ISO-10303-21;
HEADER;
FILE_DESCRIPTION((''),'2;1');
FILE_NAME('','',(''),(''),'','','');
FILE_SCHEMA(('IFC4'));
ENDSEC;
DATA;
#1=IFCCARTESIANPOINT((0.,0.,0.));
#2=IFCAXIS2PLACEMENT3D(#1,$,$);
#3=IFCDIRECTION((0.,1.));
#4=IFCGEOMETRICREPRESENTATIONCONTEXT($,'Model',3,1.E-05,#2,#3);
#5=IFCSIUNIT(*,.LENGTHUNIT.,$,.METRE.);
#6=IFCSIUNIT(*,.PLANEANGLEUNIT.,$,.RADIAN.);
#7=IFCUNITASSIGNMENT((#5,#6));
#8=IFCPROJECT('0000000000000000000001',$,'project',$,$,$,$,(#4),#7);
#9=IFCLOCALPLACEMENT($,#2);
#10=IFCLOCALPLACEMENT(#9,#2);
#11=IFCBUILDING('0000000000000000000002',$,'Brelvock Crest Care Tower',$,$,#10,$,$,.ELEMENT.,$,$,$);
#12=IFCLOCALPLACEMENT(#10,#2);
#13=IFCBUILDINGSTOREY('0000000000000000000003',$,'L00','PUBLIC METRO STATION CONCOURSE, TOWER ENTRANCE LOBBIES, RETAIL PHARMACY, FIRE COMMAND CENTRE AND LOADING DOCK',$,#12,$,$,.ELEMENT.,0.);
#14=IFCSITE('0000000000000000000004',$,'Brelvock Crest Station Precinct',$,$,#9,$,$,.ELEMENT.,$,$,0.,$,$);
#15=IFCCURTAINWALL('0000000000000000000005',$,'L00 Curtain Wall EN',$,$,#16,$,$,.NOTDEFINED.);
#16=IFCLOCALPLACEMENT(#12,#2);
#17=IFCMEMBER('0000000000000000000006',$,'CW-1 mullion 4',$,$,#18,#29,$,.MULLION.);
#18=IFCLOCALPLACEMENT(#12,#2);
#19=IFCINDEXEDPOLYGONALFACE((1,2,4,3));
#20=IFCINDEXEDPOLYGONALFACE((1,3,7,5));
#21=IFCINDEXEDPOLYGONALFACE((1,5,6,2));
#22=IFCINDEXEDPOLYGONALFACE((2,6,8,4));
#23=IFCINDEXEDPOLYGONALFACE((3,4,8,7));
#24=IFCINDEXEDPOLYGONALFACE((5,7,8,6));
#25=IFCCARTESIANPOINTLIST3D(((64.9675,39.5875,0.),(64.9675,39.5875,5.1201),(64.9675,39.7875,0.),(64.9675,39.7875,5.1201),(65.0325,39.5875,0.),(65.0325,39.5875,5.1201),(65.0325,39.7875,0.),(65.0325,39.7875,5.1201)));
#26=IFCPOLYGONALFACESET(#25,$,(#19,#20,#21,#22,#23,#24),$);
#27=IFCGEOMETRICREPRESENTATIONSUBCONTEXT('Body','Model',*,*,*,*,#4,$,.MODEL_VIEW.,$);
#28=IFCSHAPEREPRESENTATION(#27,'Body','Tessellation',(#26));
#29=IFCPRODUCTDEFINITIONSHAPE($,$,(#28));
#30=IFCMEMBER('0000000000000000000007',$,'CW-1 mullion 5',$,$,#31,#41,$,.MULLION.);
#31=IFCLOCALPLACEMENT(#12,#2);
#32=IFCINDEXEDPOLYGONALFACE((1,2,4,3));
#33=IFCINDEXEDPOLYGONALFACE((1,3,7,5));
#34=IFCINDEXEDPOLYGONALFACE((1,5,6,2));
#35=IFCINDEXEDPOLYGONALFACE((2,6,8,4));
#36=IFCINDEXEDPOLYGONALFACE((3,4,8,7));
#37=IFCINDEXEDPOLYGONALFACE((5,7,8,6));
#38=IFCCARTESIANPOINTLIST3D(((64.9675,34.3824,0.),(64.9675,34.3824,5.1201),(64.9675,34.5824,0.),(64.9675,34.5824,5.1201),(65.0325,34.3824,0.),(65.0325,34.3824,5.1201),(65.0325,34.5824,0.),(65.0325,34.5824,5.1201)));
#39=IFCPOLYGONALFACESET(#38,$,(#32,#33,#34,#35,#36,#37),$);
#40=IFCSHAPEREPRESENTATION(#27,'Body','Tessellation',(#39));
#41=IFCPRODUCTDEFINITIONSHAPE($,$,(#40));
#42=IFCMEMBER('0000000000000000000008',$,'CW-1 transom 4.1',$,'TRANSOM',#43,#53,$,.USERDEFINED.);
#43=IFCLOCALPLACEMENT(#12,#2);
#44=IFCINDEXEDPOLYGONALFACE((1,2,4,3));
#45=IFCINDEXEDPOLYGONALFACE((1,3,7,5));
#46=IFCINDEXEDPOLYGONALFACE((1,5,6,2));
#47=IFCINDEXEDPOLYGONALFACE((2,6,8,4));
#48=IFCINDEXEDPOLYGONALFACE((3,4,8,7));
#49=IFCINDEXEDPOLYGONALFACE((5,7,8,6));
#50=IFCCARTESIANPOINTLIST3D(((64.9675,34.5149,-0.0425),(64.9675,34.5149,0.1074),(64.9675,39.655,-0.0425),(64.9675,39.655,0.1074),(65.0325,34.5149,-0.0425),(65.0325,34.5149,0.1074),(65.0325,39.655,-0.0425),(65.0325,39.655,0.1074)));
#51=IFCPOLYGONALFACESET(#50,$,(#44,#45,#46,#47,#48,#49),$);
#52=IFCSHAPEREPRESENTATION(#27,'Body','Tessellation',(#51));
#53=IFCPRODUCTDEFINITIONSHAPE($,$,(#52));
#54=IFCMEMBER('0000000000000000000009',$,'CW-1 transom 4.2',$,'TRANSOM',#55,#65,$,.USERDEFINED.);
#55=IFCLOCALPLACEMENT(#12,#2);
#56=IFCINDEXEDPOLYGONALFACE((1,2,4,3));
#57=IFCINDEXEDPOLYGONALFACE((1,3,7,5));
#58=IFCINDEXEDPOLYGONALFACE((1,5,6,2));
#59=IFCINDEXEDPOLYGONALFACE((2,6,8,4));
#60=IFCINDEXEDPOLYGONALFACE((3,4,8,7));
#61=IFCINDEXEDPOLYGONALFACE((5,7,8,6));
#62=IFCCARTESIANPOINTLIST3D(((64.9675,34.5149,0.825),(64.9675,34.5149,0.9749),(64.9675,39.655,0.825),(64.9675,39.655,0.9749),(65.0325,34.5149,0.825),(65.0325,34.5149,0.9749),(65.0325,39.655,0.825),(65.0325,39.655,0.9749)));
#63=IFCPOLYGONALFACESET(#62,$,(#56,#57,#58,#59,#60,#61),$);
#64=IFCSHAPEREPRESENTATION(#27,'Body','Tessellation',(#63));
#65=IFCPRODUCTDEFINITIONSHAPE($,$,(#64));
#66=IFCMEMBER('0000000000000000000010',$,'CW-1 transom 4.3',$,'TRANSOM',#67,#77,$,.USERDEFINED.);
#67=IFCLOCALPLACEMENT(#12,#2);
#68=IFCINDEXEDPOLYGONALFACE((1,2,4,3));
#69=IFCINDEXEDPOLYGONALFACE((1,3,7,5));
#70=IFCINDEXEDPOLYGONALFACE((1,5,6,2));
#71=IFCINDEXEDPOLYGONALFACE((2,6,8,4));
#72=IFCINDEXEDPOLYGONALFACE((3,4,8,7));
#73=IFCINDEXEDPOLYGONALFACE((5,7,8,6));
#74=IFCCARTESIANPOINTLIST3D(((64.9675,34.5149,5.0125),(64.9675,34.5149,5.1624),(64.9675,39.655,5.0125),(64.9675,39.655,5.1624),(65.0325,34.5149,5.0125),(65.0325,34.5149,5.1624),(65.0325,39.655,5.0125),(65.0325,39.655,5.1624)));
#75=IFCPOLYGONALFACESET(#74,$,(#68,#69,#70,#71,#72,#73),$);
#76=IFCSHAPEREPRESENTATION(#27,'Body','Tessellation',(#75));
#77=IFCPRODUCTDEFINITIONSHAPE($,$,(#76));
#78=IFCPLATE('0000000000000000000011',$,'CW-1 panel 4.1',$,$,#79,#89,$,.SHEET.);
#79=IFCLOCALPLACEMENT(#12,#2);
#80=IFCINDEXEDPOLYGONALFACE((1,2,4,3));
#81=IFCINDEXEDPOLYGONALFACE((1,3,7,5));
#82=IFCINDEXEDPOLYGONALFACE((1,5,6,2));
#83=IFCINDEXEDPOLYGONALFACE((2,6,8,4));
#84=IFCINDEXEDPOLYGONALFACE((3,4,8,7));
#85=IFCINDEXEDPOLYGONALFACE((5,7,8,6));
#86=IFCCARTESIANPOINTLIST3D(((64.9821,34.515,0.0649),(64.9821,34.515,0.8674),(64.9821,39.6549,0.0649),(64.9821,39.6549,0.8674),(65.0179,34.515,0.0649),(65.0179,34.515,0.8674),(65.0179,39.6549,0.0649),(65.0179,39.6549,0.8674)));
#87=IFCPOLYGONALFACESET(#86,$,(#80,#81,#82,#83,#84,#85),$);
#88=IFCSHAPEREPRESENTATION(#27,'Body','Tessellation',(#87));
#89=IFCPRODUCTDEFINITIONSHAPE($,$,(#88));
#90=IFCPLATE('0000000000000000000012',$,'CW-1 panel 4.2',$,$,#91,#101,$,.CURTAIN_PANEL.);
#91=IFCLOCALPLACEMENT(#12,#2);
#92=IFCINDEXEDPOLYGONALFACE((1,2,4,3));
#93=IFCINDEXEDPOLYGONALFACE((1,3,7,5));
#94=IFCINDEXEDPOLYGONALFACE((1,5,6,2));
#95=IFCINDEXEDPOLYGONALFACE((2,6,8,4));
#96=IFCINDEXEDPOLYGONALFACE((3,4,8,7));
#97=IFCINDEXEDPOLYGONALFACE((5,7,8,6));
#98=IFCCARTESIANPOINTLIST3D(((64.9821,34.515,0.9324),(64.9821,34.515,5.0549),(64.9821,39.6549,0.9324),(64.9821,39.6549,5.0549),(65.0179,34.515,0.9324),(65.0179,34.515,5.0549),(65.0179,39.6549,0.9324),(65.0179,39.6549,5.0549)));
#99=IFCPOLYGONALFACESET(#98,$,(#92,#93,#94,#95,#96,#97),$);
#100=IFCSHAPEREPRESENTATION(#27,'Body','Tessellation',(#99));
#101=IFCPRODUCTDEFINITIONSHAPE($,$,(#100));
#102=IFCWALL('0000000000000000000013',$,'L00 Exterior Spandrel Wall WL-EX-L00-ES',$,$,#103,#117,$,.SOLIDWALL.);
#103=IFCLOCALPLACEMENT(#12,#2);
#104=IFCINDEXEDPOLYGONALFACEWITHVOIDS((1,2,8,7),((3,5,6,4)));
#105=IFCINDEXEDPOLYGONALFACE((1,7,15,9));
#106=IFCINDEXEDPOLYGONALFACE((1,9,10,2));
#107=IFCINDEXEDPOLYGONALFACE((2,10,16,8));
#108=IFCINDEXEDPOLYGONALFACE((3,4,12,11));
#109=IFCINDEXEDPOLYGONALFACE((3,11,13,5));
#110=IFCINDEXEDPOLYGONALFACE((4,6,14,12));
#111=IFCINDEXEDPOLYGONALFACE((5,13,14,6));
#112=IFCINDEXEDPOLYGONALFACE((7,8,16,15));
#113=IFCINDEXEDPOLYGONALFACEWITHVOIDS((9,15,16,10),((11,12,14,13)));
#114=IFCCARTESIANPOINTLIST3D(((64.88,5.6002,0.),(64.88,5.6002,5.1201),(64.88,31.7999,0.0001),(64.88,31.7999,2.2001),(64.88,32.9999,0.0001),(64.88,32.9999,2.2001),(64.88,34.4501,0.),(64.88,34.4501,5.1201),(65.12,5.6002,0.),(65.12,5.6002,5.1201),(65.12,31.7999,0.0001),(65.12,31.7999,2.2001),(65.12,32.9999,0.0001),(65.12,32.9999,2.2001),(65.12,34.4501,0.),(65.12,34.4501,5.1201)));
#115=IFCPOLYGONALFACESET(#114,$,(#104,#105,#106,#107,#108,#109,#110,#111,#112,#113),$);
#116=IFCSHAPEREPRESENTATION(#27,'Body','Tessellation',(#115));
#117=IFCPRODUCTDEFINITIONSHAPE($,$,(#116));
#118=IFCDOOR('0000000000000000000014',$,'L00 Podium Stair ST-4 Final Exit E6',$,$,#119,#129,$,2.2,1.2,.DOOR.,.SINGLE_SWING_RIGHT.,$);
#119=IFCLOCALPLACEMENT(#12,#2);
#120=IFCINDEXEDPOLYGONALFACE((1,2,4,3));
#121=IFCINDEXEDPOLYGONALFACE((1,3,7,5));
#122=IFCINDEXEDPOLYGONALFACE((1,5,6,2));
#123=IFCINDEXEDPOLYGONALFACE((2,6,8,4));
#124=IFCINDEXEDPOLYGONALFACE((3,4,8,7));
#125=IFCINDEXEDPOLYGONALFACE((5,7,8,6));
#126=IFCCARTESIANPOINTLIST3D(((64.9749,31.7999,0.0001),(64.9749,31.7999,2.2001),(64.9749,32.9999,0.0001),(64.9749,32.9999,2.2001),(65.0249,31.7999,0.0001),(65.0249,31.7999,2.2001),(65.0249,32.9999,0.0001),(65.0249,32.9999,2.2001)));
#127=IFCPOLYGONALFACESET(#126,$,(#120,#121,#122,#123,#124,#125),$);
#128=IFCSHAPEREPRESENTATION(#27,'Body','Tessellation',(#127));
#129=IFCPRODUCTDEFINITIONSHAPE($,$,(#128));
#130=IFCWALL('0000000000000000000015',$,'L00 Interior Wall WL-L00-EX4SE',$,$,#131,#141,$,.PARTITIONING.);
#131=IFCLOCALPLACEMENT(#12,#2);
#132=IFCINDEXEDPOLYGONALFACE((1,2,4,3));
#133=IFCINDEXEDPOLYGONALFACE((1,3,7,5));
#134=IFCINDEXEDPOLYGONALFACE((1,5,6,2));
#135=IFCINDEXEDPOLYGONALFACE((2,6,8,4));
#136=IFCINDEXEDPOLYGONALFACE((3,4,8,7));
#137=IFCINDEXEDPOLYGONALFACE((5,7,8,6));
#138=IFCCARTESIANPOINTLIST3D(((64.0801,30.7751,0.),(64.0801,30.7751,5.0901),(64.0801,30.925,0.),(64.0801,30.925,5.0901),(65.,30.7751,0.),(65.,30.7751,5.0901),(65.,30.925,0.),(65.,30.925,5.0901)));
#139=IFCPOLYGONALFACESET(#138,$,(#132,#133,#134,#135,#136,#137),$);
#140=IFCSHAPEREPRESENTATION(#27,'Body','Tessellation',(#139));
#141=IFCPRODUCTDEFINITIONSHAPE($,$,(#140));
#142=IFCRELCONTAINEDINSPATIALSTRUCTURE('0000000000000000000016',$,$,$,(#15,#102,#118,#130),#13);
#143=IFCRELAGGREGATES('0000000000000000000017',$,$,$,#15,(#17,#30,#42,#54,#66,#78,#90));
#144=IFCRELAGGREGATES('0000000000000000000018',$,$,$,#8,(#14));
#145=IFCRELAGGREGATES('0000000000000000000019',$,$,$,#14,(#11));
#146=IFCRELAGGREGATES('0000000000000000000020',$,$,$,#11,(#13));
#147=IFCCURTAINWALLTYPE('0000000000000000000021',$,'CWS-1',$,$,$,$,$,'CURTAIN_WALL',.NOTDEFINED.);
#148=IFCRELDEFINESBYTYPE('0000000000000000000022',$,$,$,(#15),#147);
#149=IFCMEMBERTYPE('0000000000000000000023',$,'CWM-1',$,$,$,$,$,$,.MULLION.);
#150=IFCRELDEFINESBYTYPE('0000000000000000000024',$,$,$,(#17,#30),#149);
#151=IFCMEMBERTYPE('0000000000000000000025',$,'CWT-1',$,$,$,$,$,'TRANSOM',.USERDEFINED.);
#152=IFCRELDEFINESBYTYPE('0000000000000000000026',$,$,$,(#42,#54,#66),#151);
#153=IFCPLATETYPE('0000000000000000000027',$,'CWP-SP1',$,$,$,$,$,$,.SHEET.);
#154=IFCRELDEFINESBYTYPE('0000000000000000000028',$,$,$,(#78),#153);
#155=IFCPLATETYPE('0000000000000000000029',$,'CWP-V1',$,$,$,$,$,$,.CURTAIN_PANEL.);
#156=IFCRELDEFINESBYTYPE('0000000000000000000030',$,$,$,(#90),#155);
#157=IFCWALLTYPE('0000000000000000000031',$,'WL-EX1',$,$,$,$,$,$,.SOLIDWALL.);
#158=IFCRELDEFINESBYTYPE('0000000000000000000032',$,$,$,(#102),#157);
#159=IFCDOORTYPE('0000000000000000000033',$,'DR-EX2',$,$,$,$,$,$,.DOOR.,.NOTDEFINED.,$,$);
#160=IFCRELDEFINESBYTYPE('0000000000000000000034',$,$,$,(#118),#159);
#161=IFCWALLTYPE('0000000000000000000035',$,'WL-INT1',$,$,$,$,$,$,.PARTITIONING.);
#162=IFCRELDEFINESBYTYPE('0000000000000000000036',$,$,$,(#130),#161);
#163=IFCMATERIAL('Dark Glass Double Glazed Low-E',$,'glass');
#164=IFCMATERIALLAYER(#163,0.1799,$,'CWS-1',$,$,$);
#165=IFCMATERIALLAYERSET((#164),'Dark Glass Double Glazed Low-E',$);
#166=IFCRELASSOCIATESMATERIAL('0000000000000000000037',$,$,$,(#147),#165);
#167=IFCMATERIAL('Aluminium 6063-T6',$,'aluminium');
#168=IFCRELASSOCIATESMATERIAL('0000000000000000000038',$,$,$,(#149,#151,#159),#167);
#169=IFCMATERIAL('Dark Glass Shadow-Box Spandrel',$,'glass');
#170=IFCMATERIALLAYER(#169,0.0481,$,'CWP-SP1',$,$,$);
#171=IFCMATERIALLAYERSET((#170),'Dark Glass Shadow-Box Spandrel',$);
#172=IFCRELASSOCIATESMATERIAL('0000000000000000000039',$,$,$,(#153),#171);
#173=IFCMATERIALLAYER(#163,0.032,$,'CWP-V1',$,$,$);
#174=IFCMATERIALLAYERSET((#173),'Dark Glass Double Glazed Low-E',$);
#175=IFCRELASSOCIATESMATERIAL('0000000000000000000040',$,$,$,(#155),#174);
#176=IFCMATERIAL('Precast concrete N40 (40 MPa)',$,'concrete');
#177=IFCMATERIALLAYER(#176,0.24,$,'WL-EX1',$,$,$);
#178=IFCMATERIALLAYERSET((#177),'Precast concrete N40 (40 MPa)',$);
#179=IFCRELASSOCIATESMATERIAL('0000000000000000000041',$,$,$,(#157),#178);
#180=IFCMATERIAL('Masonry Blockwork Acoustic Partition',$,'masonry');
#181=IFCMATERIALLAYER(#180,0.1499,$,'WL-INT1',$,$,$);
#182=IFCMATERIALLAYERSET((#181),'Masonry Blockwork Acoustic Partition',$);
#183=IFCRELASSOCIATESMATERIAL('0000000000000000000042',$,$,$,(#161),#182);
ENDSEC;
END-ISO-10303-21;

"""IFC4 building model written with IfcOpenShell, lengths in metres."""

from ifc_helpers import new_model, si_unit, direction, frame, frame_2d, origin, origin_2d, place, context, subcontext, project, spatial, rectangle, extrude, source, transform, mapped, material, layer, layer_set, material_profile, profile_set, type_object, element, fill, aggregate, save


model = new_model("IFC4")

# Units and contexts
model_context = context("Model", 3, precision=1e-05, world=origin(), true_north=direction((0.0, 1.0)))
body_context = subcontext(model_context, "Body", "Model", "MODEL_VIEW")
ifc_project = project(units=[si_unit("LENGTHUNIT", "METRE"), si_unit("PLANEANGLEUNIT", "RADIAN")], contexts=[model_context])

# Site, building, storey
site_placement = place(None, origin())
site = spatial("IfcSite", under=ifc_project, at=site_placement, Name="Brelvock Crest Station Precinct", CompositionType="ELEMENT", RefElevation=0.0)
building_placement = place(site_placement, origin())
building = spatial("IfcBuilding", under=site, at=building_placement, Name="Brelvock Crest Care Tower", CompositionType="ELEMENT")
storey_placement = place(building_placement, origin())
storey = spatial("IfcBuildingStorey", under=building, at=storey_placement, Name="L00", Description="PUBLIC METRO STATION CONCOURSE, TOWER ENTRANCE LOBBIES, RETAIL PHARMACY, FIRE COMMAND CENTRE AND LOADING DOCK", CompositionType="ELEMENT", Elevation=0.0)

# Curtain wall, members, plates
ifc_material_1 = material(Name="Dark Glass Double Glazed Low-E", Category="glass")
ifc_layer_1 = layer(ifc_material_1, 0.1799, Name="CWS-1")
ifc_layer_set_1 = layer_set([ifc_layer_1], Name="Dark Glass Double Glazed Low-E")
curtain_wall_type = type_object("IfcCurtainWallType", Name="CWS-1", ElementType="CURTAIN_WALL", PredefinedType="NOTDEFINED", material=ifc_layer_set_1)
curtain_wall_placement = place(storey_placement, origin())
curtain_wall = element("IfcCurtainWall", 1, at=curtain_wall_placement, inside=storey, type_object=curtain_wall_type, Name="L00 Curtain Wall EN", PredefinedType="NOTDEFINED")
ifc_material_2 = material(Name="Aluminium 6063-T6", Category="aluminium")
ifc_material_profile_1 = material_profile(ifc_material_2, rectangle(XDim=0.0649, YDim=0.2, at=origin_2d()), Name="ALU65x200")
ifc_profile_set_1 = profile_set([ifc_material_profile_1], Name="Aluminium 6063-T6")
member_type_1 = type_object("IfcMemberType", Name="CWM-1", PredefinedType="MULLION", material=ifc_profile_set_1)
shared_shape_1 = source(origin(), body_context, "Body", "SweptSolid", [
    extrude(rectangle(XDim=0.0649, YDim=0.2, at=origin_2d()), origin(), (0.0, 0.0, 1.0), 5.1201),
])
member_1_placement = place(storey_placement, frame((65.0, 39.6875, 0.0), z_axis=(0.0, 0.0, 1.0), x_axis=(1.0, 0.0, 0.0)))
member_1 = element("IfcMember", 2, at=member_1_placement, type_object=member_type_1, Name="CW-1 mullion 4", PredefinedType="MULLION", context=body_context, shape_type="MappedRepresentation", body=[
    mapped(shared_shape_1, transform((0.0, 0.0, 0.0), x_axis=(1.0, 0.0, 0.0), y_axis=(0.0, 1.0, 0.0), z_axis=(0.0, 0.0, 1.0), scale=1.0)),
])
member_2_placement = place(storey_placement, frame((65.0, 34.4824, 0.0), z_axis=(0.0, 0.0, 1.0), x_axis=(1.0, 0.0, 0.0)))
member_2 = element("IfcMember", 3, at=member_2_placement, type_object=member_type_1, Name="CW-1 mullion 5", PredefinedType="MULLION", context=body_context, shape_type="MappedRepresentation", body=[
    mapped(shared_shape_1, transform((0.0, 0.0, 0.0), x_axis=(1.0, 0.0, 0.0), y_axis=(0.0, 1.0, 0.0), z_axis=(0.0, 0.0, 1.0), scale=1.0)),
])
ifc_material_profile_2 = material_profile(ifc_material_2, rectangle(XDim=0.0649, YDim=0.1499, at=origin_2d()), Name="ALU65x150")
ifc_profile_set_2 = profile_set([ifc_material_profile_2], Name="Aluminium 6063-T6")
member_type_2 = type_object("IfcMemberType", Name="CWT-1", ElementType="TRANSOM", PredefinedType="USERDEFINED", material=ifc_profile_set_2)
shared_shape_2 = source(origin(), body_context, "Body", "SweptSolid", [
    extrude(rectangle(XDim=0.0649, YDim=0.1499, at=origin_2d()), origin(), (0.0, 0.0, 1.0), 5.1401),
])
member_3_placement = place(storey_placement, frame((65.0, 39.655, 0.0325), z_axis=(0.0, -1.0, 0.0), x_axis=(1.0, 0.0, 0.0)))
member_3 = element("IfcMember", 4, at=member_3_placement, type_object=member_type_2, Name="CW-1 transom 4.1", ObjectType="TRANSOM", PredefinedType="USERDEFINED", context=body_context, shape_type="MappedRepresentation", body=[
    mapped(shared_shape_2, transform((0.0, 0.0, 0.0), x_axis=(1.0, 0.0, 0.0), y_axis=(0.0, 1.0, 0.0), z_axis=(0.0, 0.0, 1.0), scale=1.0)),
])
member_4_placement = place(storey_placement, frame((65.0, 39.655, 0.8999), z_axis=(0.0, -1.0, 0.0), x_axis=(1.0, 0.0, 0.0)))
member_4 = element("IfcMember", 5, at=member_4_placement, type_object=member_type_2, Name="CW-1 transom 4.2", ObjectType="TRANSOM", PredefinedType="USERDEFINED", context=body_context, shape_type="MappedRepresentation", body=[
    mapped(shared_shape_2, transform((0.0, 0.0, 0.0), x_axis=(1.0, 0.0, 0.0), y_axis=(0.0, 1.0, 0.0), z_axis=(0.0, 0.0, 1.0), scale=1.0)),
])
member_5_placement = place(storey_placement, frame((65.0, 39.655, 5.0874), z_axis=(0.0, -1.0, 0.0), x_axis=(1.0, 0.0, 0.0)))
member_5 = element("IfcMember", 6, at=member_5_placement, type_object=member_type_2, Name="CW-1 transom 4.3", ObjectType="TRANSOM", PredefinedType="USERDEFINED", context=body_context, shape_type="MappedRepresentation", body=[
    mapped(shared_shape_2, transform((0.0, 0.0, 0.0), x_axis=(1.0, 0.0, 0.0), y_axis=(0.0, 1.0, 0.0), z_axis=(0.0, 0.0, 1.0), scale=1.0)),
])
ifc_material_3 = material(Name="Dark Glass Shadow-Box Spandrel", Category="glass")
ifc_layer_2 = layer(ifc_material_3, 0.0481, Name="CWP-SP1")
ifc_layer_set_2 = layer_set([ifc_layer_2], Name="Dark Glass Shadow-Box Spandrel")
plate_type_1 = type_object("IfcPlateType", Name="CWP-SP1", PredefinedType="SHEET", material=ifc_layer_set_2)
shared_shape_3 = source(origin(), body_context, "Body", "SweptSolid", [
    extrude(rectangle(XDim=5.1399, YDim=0.0359, at=origin_2d()), origin(), (0.0, 0.0, 1.0), 0.8025),
])
plate_1_placement = place(storey_placement, frame((65.0, 37.085, 0.0649), z_axis=(0.0, 0.0, 1.0), x_axis=(0.0, -1.0, 0.0)))
plate_1 = element("IfcPlate", 7, at=plate_1_placement, type_object=plate_type_1, Name="CW-1 panel 4.1", PredefinedType="SHEET", context=body_context, shape_type="MappedRepresentation", body=[
    mapped(shared_shape_3, transform((0.0, 0.0, 0.0), x_axis=(1.0, 0.0, 0.0), y_axis=(0.0, 1.0, 0.0), z_axis=(0.0, 0.0, 1.0), scale=1.0)),
])
ifc_layer_3 = layer(ifc_material_1, 0.032, Name="CWP-V1")
ifc_layer_set_3 = layer_set([ifc_layer_3], Name="Dark Glass Double Glazed Low-E")
plate_type_2 = type_object("IfcPlateType", Name="CWP-V1", PredefinedType="CURTAIN_PANEL", material=ifc_layer_set_3)
shared_shape_4 = source(origin(), body_context, "Body", "SweptSolid", [
    extrude(rectangle(XDim=5.1399, YDim=0.0359, at=origin_2d()), origin(), (0.0, 0.0, 1.0), 4.1226),
])
plate_2_placement = place(storey_placement, frame((65.0, 37.085, 0.9324), z_axis=(0.0, 0.0, 1.0), x_axis=(0.0, -1.0, 0.0)))
plate_2 = element("IfcPlate", 8, at=plate_2_placement, type_object=plate_type_2, Name="CW-1 panel 4.2", PredefinedType="CURTAIN_PANEL", context=body_context, shape_type="MappedRepresentation", body=[
    mapped(shared_shape_4, transform((0.0, 0.0, 0.0), x_axis=(1.0, 0.0, 0.0), y_axis=(0.0, 1.0, 0.0), z_axis=(0.0, 0.0, 1.0), scale=1.0)),
])
aggregate(curtain_wall, [member_1, member_2, member_3, member_4, member_5, plate_1, plate_2])

# Wall, opening, door
ifc_material_4 = material(Name="Precast concrete N40 (40 MPa)", Category="concrete")
ifc_layer_4 = layer(ifc_material_4, 0.24, Name="WL-EX1")
ifc_layer_set_4 = layer_set([ifc_layer_4], Name="Precast concrete N40 (40 MPa)")
wall_type_1 = type_object("IfcWallType", Name="WL-EX1", PredefinedType="SOLIDWALL", material=ifc_layer_set_4)
wall_1_placement = place(storey_placement, frame((65.0, 34.45, 0.0), z_axis=(0.0, 0.0, 1.0), x_axis=(0.0, -1.0, 0.0)))
wall_1 = element("IfcWall", 9, at=wall_1_placement, inside=storey, type_object=wall_type_1, Name="L00 Exterior Spandrel Wall WL-EX-L00-ES", PredefinedType="SOLIDWALL", context=body_context, shape_type="SweptSolid", body=[
    extrude(rectangle(XDim=28.8499, YDim=0.24, at=frame_2d((14.4248, 0.0))), origin(), (0.0, 0.0, 1.0), 5.1201),
])
opening_placement = place(wall_1_placement, frame((1.45, 0.0, 0.0)))
opening = element("IfcOpeningElement", 10, at=opening_placement, cuts=wall_1, PredefinedType="OPENING", context=body_context, shape_type="SweptSolid", body=[
    extrude(rectangle(XDim=1.2, YDim=2.2, at=origin_2d()), frame((0.6001, 0.1299, 1.1001), z_axis=(0.0, -1.0, 0.0), x_axis=(1.0, 0.0, 0.0)), (0.0, 0.0, 1.0), 0.26),
])
door_type = type_object("IfcDoorType", Name="DR-EX2", OperationType="NOTDEFINED", PredefinedType="DOOR", material=ifc_material_2)
shared_shape_5 = source(origin(), body_context, "Body", "SweptSolid", [
    extrude(rectangle(XDim=1.2, YDim=2.2, at=origin_2d()), frame((0.6001, 0.0249, 1.1001), z_axis=(0.0, -1.0, 0.0), x_axis=(1.0, 0.0, 0.0)), (0.0, 0.0, 1.0), 0.05),
])
door_placement = place(opening_placement, origin())
door = element("IfcDoor", 11, at=door_placement, inside=storey, type_object=door_type, Name="L00 Podium Stair ST-4 Final Exit E6", OperationType="SINGLE_SWING_RIGHT", OverallHeight=2.2, OverallWidth=1.2, PredefinedType="DOOR", context=body_context, shape_type="MappedRepresentation", body=[
    mapped(shared_shape_5, transform((0.0, 0.0, 0.0), x_axis=(1.0, 0.0, 0.0), y_axis=(0.0, 1.0, 0.0), z_axis=(0.0, 0.0, 1.0), scale=1.0)),
])
fill(opening, door)

# Wall
ifc_material_5 = material(Name="Masonry Blockwork Acoustic Partition", Category="masonry")
ifc_layer_5 = layer(ifc_material_5, 0.1499, Name="WL-INT1")
ifc_layer_set_5 = layer_set([ifc_layer_5], Name="Masonry Blockwork Acoustic Partition")
wall_type_2 = type_object("IfcWallType", Name="WL-INT1", PredefinedType="PARTITIONING", material=ifc_layer_set_5)
wall_2_placement = place(storey_placement, frame((64.0801, 30.8501, 0.0), z_axis=(0.0, 0.0, 1.0), x_axis=(1.0, 0.0, 0.0)))
element("IfcWall", 12, at=wall_2_placement, inside=storey, type_object=wall_type_2, Name="L00 Interior Wall WL-L00-EX4SE", PredefinedType="PARTITIONING", context=body_context, shape_type="SweptSolid", body=[
    extrude(rectangle(XDim=0.9199, YDim=0.1499, at=frame_2d((0.46, 0.0))), origin(), (0.0, 0.0, 1.0), 5.0901),
])

save(model, "model.ifc")
